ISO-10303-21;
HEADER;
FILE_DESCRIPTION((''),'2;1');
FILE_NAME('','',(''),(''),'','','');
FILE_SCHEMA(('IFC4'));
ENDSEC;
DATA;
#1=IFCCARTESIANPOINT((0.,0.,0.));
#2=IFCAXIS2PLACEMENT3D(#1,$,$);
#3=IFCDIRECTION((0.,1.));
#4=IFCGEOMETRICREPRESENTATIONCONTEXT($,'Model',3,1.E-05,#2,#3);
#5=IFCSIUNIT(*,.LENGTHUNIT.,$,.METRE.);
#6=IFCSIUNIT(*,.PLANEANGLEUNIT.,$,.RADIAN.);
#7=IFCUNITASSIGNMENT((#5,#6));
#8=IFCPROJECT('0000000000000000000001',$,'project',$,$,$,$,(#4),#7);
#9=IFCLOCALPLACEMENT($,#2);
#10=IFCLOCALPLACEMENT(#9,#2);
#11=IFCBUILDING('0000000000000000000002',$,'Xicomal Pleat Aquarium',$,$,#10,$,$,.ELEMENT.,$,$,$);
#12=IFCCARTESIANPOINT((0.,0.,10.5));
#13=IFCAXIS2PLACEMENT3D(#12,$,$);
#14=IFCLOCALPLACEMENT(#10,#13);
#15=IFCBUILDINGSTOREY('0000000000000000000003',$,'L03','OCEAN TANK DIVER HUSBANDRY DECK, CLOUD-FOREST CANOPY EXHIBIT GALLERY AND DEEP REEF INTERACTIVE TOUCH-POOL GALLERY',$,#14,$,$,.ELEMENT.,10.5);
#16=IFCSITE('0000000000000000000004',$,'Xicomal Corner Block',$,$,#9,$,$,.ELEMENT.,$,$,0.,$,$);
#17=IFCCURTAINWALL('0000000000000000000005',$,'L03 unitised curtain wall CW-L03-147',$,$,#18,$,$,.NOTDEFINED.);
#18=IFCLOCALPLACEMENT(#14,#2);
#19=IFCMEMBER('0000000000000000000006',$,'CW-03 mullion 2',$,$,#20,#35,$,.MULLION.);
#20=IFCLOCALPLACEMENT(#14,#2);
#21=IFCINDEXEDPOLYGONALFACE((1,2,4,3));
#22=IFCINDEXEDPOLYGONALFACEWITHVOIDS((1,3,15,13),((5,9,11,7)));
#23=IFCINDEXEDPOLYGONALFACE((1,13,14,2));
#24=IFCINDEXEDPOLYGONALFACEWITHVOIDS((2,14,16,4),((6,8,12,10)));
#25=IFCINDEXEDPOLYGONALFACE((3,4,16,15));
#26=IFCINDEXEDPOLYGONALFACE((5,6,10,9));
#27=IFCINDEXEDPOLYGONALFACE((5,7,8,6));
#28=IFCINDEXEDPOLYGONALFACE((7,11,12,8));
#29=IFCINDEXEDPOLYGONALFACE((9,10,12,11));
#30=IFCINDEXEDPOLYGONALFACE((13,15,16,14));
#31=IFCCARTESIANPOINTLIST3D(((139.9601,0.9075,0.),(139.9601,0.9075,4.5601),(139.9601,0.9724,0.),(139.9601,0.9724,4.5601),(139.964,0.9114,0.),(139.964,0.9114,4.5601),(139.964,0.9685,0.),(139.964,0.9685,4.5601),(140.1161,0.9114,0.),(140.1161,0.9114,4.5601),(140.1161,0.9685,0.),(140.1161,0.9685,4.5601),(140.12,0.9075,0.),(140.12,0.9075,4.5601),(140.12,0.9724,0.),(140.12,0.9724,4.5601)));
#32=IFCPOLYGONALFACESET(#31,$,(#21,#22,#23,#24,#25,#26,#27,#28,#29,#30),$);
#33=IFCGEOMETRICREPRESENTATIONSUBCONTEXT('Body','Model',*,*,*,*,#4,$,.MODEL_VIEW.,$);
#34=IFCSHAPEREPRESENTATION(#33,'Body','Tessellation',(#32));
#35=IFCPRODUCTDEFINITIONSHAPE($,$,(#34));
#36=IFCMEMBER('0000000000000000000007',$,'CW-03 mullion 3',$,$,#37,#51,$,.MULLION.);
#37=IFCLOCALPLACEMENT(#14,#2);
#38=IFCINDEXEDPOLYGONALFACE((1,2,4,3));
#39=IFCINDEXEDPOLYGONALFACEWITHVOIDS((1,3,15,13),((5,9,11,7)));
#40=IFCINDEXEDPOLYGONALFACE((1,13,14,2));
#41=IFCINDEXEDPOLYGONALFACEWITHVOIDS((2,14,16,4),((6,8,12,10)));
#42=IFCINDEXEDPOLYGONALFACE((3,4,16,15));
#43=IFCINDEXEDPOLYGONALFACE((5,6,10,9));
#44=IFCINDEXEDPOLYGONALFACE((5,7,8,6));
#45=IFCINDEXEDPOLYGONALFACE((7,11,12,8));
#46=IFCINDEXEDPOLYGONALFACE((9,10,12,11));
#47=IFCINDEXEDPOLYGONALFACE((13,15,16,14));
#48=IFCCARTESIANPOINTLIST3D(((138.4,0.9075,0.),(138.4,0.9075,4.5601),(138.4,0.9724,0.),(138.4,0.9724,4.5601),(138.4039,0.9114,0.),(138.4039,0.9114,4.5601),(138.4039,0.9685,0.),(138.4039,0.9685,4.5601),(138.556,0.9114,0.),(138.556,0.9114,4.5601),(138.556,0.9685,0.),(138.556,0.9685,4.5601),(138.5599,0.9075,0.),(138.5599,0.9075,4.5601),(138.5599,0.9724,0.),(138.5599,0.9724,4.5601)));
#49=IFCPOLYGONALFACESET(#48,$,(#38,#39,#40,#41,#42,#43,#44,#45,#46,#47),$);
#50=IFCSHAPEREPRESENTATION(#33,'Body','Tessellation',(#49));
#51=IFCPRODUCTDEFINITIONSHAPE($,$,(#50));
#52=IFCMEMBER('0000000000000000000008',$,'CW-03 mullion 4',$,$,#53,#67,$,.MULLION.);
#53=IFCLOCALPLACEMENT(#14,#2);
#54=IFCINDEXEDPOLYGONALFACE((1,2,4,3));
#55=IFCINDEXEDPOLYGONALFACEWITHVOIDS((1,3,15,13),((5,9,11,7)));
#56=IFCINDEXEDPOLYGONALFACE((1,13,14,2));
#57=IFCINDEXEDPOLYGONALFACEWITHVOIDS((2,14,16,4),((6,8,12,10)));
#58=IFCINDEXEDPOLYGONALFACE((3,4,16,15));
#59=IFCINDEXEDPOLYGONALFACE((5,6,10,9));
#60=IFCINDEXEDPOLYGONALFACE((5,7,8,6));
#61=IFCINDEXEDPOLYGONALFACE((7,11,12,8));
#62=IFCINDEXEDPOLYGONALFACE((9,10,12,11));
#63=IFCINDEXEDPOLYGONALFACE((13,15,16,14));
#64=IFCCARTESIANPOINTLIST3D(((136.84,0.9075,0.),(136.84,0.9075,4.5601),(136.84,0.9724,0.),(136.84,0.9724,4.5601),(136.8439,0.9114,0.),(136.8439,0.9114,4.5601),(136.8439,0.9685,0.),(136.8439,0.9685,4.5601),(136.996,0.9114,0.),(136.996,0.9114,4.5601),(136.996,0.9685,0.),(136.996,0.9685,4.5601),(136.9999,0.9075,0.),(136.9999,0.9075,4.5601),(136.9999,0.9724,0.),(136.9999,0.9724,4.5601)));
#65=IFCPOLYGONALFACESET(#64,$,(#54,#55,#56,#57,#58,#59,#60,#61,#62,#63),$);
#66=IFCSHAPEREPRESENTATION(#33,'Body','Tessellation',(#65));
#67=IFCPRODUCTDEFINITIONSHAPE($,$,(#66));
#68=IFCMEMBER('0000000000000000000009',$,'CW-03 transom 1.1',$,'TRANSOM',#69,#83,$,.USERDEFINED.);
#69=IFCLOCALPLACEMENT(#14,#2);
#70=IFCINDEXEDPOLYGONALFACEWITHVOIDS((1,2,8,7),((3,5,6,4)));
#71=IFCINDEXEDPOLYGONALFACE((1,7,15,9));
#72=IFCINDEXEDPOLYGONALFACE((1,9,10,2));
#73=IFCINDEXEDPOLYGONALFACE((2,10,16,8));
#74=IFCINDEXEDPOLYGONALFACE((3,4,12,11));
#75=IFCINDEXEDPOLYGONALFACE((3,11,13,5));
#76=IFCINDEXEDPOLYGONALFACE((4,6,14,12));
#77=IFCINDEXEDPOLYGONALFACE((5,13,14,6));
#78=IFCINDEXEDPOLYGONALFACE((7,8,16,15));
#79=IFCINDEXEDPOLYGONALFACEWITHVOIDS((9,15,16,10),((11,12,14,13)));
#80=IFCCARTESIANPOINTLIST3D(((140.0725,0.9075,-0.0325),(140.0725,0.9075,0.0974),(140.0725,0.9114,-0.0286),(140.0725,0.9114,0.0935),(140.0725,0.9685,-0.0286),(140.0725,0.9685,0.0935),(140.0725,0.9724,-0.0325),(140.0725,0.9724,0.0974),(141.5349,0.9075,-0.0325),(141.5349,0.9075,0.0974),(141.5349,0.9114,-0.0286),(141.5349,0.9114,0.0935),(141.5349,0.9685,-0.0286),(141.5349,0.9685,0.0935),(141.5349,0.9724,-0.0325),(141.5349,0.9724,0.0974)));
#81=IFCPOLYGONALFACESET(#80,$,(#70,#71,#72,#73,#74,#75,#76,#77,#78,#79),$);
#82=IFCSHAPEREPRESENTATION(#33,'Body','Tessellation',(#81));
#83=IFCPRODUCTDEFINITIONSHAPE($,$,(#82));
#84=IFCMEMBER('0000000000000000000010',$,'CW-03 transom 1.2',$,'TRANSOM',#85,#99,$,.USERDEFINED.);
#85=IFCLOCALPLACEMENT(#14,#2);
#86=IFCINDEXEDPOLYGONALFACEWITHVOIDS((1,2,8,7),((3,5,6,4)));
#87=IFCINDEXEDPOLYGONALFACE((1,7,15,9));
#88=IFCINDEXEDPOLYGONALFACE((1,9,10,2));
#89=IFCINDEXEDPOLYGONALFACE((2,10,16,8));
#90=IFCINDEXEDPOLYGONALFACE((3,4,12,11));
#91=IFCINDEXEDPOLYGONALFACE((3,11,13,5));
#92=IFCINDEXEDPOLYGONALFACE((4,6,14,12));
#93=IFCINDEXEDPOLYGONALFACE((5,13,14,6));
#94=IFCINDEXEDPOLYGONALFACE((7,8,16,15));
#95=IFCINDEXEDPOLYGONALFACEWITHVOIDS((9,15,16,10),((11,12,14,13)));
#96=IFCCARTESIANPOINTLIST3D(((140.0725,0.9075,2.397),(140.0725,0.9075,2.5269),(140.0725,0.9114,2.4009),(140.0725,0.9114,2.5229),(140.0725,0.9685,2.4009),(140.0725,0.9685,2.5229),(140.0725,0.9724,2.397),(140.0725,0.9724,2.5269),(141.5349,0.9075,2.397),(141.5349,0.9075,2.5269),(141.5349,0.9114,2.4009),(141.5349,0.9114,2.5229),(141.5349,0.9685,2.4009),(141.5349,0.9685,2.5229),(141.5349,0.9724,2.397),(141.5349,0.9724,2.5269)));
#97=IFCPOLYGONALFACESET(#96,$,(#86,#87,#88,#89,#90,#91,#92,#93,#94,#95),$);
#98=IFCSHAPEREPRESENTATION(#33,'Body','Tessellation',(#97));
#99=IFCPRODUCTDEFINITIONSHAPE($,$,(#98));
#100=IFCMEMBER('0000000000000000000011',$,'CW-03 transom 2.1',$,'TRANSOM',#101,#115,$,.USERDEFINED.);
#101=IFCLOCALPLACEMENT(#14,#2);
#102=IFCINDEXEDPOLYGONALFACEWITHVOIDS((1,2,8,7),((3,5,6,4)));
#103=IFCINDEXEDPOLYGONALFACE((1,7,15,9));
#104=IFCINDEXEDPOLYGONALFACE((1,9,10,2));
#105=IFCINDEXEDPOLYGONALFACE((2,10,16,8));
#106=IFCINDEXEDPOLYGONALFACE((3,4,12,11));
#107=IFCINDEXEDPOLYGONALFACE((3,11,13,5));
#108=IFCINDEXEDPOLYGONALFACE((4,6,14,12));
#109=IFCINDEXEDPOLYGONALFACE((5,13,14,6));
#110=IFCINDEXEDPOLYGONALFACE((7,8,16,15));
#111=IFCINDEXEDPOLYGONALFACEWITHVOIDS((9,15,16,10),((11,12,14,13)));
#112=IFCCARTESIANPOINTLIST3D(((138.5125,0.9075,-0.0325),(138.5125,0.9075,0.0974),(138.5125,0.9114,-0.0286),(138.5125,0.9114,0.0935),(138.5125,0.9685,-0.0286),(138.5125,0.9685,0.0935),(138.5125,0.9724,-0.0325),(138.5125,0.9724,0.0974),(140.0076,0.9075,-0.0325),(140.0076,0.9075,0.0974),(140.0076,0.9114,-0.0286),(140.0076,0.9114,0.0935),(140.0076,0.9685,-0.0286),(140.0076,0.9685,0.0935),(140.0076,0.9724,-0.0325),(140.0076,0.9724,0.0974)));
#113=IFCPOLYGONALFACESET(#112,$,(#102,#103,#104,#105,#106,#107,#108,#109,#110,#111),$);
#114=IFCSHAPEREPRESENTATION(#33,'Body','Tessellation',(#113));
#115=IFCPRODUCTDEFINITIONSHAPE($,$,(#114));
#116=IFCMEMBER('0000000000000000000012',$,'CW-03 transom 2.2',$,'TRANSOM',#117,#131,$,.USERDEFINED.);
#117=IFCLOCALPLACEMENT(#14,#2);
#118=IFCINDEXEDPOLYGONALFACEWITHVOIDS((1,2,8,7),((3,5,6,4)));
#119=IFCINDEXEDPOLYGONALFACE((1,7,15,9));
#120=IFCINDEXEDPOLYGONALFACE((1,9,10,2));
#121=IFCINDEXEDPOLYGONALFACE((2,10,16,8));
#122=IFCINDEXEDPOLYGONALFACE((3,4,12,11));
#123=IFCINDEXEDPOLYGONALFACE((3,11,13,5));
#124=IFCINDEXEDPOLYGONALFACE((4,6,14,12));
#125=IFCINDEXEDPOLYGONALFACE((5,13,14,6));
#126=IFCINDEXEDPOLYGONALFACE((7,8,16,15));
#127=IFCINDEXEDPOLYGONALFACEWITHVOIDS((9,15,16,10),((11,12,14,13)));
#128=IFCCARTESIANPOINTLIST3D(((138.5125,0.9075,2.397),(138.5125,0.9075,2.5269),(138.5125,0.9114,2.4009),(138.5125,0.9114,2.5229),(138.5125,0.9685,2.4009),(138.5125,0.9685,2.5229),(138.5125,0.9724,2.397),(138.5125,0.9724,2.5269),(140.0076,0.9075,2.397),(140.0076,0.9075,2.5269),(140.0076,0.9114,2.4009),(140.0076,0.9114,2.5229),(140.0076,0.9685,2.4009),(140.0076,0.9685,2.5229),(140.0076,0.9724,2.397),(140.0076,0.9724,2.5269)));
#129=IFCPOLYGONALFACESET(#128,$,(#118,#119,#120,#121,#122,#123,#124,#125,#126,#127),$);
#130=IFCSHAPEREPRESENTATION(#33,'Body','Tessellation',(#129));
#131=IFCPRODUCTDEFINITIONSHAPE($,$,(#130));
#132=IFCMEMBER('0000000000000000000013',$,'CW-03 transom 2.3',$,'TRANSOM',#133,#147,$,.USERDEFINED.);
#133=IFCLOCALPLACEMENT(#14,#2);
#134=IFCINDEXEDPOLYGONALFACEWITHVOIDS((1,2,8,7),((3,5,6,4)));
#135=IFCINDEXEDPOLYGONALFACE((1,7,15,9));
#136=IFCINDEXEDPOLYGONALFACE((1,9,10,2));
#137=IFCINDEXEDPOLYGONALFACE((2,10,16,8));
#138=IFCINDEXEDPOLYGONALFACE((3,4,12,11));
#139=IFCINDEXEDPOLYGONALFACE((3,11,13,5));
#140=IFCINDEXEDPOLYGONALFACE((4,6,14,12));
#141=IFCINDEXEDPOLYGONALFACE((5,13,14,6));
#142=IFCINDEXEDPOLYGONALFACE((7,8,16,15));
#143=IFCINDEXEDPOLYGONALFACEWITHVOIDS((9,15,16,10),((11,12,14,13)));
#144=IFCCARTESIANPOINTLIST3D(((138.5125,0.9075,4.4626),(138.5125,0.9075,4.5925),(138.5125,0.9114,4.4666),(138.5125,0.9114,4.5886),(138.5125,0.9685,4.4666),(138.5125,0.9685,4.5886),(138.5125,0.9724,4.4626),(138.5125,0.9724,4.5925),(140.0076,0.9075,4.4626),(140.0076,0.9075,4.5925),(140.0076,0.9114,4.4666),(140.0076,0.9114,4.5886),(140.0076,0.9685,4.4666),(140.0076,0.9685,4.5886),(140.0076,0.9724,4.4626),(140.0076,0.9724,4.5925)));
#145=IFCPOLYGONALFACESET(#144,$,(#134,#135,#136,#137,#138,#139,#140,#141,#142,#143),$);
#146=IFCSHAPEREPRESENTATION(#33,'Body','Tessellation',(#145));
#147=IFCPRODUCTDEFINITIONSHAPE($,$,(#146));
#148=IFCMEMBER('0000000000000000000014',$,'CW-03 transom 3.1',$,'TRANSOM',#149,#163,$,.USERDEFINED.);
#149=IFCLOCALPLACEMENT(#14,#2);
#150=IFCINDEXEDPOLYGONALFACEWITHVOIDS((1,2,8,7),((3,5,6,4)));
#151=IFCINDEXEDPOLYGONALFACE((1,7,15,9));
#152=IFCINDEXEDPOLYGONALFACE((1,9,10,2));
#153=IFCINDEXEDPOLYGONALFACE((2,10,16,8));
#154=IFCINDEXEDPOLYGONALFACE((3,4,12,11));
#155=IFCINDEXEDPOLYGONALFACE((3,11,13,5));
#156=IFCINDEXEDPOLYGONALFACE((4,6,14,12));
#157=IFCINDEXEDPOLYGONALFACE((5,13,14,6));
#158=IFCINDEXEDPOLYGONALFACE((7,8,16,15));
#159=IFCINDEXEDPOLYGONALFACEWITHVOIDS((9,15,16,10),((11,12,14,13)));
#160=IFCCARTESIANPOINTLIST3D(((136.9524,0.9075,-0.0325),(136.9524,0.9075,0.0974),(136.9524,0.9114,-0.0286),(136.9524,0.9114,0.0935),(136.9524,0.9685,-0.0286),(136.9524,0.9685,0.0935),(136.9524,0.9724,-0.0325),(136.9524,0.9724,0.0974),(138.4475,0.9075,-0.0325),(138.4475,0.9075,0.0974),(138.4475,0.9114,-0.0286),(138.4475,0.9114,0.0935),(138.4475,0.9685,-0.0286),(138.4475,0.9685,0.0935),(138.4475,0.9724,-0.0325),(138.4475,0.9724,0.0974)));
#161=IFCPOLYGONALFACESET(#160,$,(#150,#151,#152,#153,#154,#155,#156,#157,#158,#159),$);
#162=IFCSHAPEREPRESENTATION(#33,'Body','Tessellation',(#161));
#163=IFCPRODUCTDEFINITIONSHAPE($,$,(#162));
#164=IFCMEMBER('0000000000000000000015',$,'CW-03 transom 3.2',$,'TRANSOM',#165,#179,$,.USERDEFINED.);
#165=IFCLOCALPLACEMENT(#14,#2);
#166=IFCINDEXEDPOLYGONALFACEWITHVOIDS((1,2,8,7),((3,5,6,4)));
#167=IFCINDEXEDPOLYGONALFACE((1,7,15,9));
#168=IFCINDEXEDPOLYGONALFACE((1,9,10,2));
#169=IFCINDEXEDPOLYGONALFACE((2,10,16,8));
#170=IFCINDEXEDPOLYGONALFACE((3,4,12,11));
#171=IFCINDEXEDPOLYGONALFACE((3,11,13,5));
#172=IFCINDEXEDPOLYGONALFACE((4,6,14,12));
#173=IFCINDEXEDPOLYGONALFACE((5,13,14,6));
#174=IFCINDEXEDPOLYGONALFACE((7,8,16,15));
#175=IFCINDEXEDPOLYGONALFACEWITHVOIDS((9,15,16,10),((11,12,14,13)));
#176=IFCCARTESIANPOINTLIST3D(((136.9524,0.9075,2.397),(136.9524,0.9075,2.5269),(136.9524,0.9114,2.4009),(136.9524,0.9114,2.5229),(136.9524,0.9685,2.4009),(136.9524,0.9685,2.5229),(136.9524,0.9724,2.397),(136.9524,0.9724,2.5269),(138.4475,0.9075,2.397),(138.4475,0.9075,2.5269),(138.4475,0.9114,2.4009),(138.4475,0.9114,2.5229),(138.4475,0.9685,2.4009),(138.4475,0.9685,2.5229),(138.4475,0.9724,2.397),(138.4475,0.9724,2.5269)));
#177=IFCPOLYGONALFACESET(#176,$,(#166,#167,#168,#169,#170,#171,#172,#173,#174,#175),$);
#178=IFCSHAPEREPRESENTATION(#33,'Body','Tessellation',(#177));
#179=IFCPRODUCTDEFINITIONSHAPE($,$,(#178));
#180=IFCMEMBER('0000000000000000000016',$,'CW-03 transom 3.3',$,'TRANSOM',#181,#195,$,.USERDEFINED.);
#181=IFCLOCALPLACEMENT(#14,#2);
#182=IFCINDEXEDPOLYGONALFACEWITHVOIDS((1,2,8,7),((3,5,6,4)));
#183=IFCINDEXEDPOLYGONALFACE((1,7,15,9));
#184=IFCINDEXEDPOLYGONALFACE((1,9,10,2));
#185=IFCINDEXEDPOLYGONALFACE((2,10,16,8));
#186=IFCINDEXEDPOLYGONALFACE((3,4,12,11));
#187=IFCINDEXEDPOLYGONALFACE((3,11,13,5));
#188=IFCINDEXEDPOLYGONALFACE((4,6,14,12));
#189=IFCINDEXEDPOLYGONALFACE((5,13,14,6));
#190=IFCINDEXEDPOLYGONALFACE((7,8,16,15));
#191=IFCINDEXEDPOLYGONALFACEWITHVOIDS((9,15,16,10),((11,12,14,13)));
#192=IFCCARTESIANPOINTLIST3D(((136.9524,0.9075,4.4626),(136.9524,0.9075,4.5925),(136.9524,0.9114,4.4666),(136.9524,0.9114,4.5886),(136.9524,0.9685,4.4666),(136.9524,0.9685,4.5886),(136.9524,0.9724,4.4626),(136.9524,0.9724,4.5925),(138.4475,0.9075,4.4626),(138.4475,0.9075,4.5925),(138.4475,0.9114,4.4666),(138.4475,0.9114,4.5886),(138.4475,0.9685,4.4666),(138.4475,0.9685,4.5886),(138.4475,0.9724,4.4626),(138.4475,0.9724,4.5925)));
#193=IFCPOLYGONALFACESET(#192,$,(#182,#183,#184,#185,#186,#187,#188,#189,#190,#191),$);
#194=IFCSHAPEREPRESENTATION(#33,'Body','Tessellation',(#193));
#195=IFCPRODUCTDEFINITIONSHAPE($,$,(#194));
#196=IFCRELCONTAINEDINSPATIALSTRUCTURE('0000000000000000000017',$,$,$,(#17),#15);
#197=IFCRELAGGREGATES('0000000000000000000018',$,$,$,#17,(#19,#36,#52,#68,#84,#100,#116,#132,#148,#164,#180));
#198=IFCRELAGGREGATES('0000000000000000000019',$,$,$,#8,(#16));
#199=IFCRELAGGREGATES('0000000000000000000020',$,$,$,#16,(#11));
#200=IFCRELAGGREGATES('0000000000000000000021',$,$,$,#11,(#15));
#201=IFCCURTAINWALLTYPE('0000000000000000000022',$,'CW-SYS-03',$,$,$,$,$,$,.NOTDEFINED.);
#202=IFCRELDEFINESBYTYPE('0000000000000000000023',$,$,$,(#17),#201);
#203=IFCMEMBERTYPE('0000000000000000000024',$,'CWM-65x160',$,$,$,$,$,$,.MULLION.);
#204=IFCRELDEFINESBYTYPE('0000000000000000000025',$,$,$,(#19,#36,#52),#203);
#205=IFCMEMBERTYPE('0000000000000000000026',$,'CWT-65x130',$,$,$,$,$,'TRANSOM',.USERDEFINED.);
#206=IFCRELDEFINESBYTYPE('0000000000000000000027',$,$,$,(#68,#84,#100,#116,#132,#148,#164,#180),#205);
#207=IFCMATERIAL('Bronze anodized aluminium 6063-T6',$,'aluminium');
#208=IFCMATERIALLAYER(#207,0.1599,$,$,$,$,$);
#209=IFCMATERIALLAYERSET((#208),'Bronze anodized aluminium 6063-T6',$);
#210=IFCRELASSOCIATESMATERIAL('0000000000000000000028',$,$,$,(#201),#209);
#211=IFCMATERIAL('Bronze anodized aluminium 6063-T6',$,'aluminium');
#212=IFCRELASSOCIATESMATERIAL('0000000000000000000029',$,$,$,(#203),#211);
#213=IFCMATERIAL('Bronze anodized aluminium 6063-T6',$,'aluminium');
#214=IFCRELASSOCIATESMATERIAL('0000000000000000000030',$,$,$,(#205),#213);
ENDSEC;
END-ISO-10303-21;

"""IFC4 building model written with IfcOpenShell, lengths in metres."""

from ifc_helpers import new_model, si_unit, direction, frame, origin, origin_2d, place, context, subcontext, project, spatial, hollow_rectangle, extrude, material, layer, layer_set, material_profile, profile_set, type_object, element, aggregate, save


model = new_model("IFC4")

# Units and contexts
model_context = context("Model", 3, precision=1e-05, world=origin(), true_north=direction((0.0, 1.0)))
body_context = subcontext(model_context, "Body", "Model", "MODEL_VIEW")
ifc_project = project(units=[si_unit("LENGTHUNIT", "METRE"), si_unit("PLANEANGLEUNIT", "RADIAN")], contexts=[model_context])

# Site, building, storey
site_placement = place(None, origin())
site = spatial("IfcSite", under=ifc_project, at=site_placement, Name="Xicomal Corner Block", CompositionType="ELEMENT", RefElevation=0.0)
building_placement = place(site_placement, origin())
building = spatial("IfcBuilding", under=site, at=building_placement, Name="Xicomal Pleat Aquarium", CompositionType="ELEMENT")
storey_placement = place(building_placement, frame((0.0, 0.0, 10.5)))
storey = spatial("IfcBuildingStorey", under=building, at=storey_placement, Name="L03", Description="OCEAN TANK DIVER HUSBANDRY DECK, CLOUD-FOREST CANOPY EXHIBIT GALLERY AND DEEP REEF INTERACTIVE TOUCH-POOL GALLERY", CompositionType="ELEMENT", Elevation=10.5)

# Curtain wall, members
ifc_material_1 = material(Name="Bronze anodized aluminium 6063-T6", Category="aluminium")
ifc_layer_1 = layer(ifc_material_1, 0.1599)
ifc_layer_set_1 = layer_set([ifc_layer_1], Name="Bronze anodized aluminium 6063-T6")
curtain_wall_type = type_object("IfcCurtainWallType", Name="CW-SYS-03", PredefinedType="NOTDEFINED", material=ifc_layer_set_1)
curtain_wall_placement = place(storey_placement, origin())
curtain_wall = element("IfcCurtainWall", 1, at=curtain_wall_placement, inside=storey, type_object=curtain_wall_type, Name="L03 unitised curtain wall CW-L03-147", PredefinedType="NOTDEFINED")
ifc_material_2 = material(Name="Bronze anodized aluminium 6063-T6", Category="aluminium")
ifc_material_profile_1 = material_profile(ifc_material_2, hollow_rectangle(XDim=0.0649, YDim=0.1599, WallThickness=0.0039, at=origin_2d()), Name="ALU MULL 65x160")
ifc_profile_set_1 = profile_set([ifc_material_profile_1], Name="Bronze anodized aluminium 6063-T6")
member_type_1 = type_object("IfcMemberType", Name="CWM-65x160", PredefinedType="MULLION", material=ifc_profile_set_1)
member_1_placement = place(storey_placement, frame((140.04, 0.9399, 0.0), z_axis=(0.0, 0.0, 1.0), x_axis=(0.0, -1.0, 0.0)))
member_1 = element("IfcMember", 2, at=member_1_placement, type_object=member_type_1, Name="CW-03 mullion 2", PredefinedType="MULLION", context=body_context, shape_type="SweptSolid", body=[
    extrude(hollow_rectangle(XDim=0.0649, YDim=0.1599, WallThickness=0.0039, at=origin_2d()), origin(), (0.0, 0.0, 1.0), 4.5601),
])
member_2_placement = place(storey_placement, frame((138.48, 0.9399, 0.0), z_axis=(0.0, 0.0, 1.0), x_axis=(0.0, -1.0, 0.0)))
member_2 = element("IfcMember", 3, at=member_2_placement, type_object=member_type_1, Name="CW-03 mullion 3", PredefinedType="MULLION", context=body_context, shape_type="SweptSolid", body=[
    extrude(hollow_rectangle(XDim=0.0649, YDim=0.1599, WallThickness=0.0039, at=origin_2d()), origin(), (0.0, 0.0, 1.0), 4.5601),
])
member_3_placement = place(storey_placement, frame((136.9199, 0.9399, 0.0), z_axis=(0.0, 0.0, 1.0), x_axis=(0.0, -1.0, 0.0)))
member_3 = element("IfcMember", 4, at=member_3_placement, type_object=member_type_1, Name="CW-03 mullion 4", PredefinedType="MULLION", context=body_context, shape_type="SweptSolid", body=[
    extrude(hollow_rectangle(XDim=0.0649, YDim=0.1599, WallThickness=0.0039, at=origin_2d()), origin(), (0.0, 0.0, 1.0), 4.5601),
])
ifc_material_3 = material(Name="Bronze anodized aluminium 6063-T6", Category="aluminium")
ifc_material_profile_2 = material_profile(ifc_material_3, hollow_rectangle(XDim=0.0649, YDim=0.1299, WallThickness=0.0039, at=origin_2d()), Name="ALU TRAN 65x130")
ifc_profile_set_2 = profile_set([ifc_material_profile_2], Name="Bronze anodized aluminium 6063-T6")
member_type_2 = type_object("IfcMemberType", Name="CWT-65x130", ElementType="TRANSOM", PredefinedType="USERDEFINED", material=ifc_profile_set_2)
member_4_placement = place(storey_placement, frame((141.5349, 0.9399, 0.0325), z_axis=(-1.0, 0.0, 0.0), x_axis=(0.0, -1.0, 0.0)))
member_4 = element("IfcMember", 5, at=member_4_placement, type_object=member_type_2, Name="CW-03 transom 1.1", ObjectType="TRANSOM", PredefinedType="USERDEFINED", context=body_context, shape_type="SweptSolid", body=[
    extrude(hollow_rectangle(XDim=0.0649, YDim=0.1299, WallThickness=0.0039, at=origin_2d()), origin(), (0.0, 0.0, 1.0), 1.4624),
])
member_5_placement = place(storey_placement, frame((141.5349, 0.9399, 2.4619), z_axis=(-1.0, 0.0, 0.0), x_axis=(0.0, -1.0, 0.0)))
member_5 = element("IfcMember", 6, at=member_5_placement, type_object=member_type_2, Name="CW-03 transom 1.2", ObjectType="TRANSOM", PredefinedType="USERDEFINED", context=body_context, shape_type="SweptSolid", body=[
    extrude(hollow_rectangle(XDim=0.0649, YDim=0.1299, WallThickness=0.0039, at=origin_2d()), origin(), (0.0, 0.0, 1.0), 1.4624),
])
member_6_placement = place(storey_placement, frame((140.0076, 0.9399, 0.0325), z_axis=(-1.0, 0.0, 0.0), x_axis=(0.0, -1.0, 0.0)))
member_6 = element("IfcMember", 7, at=member_6_placement, type_object=member_type_2, Name="CW-03 transom 2.1", ObjectType="TRANSOM", PredefinedType="USERDEFINED", context=body_context, shape_type="SweptSolid", body=[
    extrude(hollow_rectangle(XDim=0.0649, YDim=0.1299, WallThickness=0.0039, at=origin_2d()), origin(), (0.0, 0.0, 1.0), 1.4951),
])
member_7_placement = place(storey_placement, frame((140.0076, 0.9399, 2.4619), z_axis=(-1.0, 0.0, 0.0), x_axis=(0.0, -1.0, 0.0)))
member_7 = element("IfcMember", 8, at=member_7_placement, type_object=member_type_2, Name="CW-03 transom 2.2", ObjectType="TRANSOM", PredefinedType="USERDEFINED", context=body_context, shape_type="SweptSolid", body=[
    extrude(hollow_rectangle(XDim=0.0649, YDim=0.1299, WallThickness=0.0039, at=origin_2d()), origin(), (0.0, 0.0, 1.0), 1.4951),
])
member_8_placement = place(storey_placement, frame((140.0076, 0.9399, 4.5276), z_axis=(-1.0, 0.0, 0.0), x_axis=(0.0, -1.0, 0.0)))
member_8 = element("IfcMember", 9, at=member_8_placement, type_object=member_type_2, Name="CW-03 transom 2.3", ObjectType="TRANSOM", PredefinedType="USERDEFINED", context=body_context, shape_type="SweptSolid", body=[
    extrude(hollow_rectangle(XDim=0.0649, YDim=0.1299, WallThickness=0.0039, at=origin_2d()), origin(), (0.0, 0.0, 1.0), 1.4951),
])
member_9_placement = place(storey_placement, frame((138.4475, 0.9399, 0.0325), z_axis=(-1.0, 0.0, 0.0), x_axis=(0.0, -1.0, 0.0)))
member_9 = element("IfcMember", 10, at=member_9_placement, type_object=member_type_2, Name="CW-03 transom 3.1", ObjectType="TRANSOM", PredefinedType="USERDEFINED", context=body_context, shape_type="SweptSolid", body=[
    extrude(hollow_rectangle(XDim=0.0649, YDim=0.1299, WallThickness=0.0039, at=origin_2d()), origin(), (0.0, 0.0, 1.0), 1.4951),
])
member_10_placement = place(storey_placement, frame((138.4475, 0.9399, 2.4619), z_axis=(-1.0, 0.0, 0.0), x_axis=(0.0, -1.0, 0.0)))
member_10 = element("IfcMember", 11, at=member_10_placement, type_object=member_type_2, Name="CW-03 transom 3.2", ObjectType="TRANSOM", PredefinedType="USERDEFINED", context=body_context, shape_type="SweptSolid", body=[
    extrude(hollow_rectangle(XDim=0.0649, YDim=0.1299, WallThickness=0.0039, at=origin_2d()), origin(), (0.0, 0.0, 1.0), 1.4951),
])
member_11_placement = place(storey_placement, frame((138.4475, 0.9399, 4.5276), z_axis=(-1.0, 0.0, 0.0), x_axis=(0.0, -1.0, 0.0)))
member_11 = element("IfcMember", 12, at=member_11_placement, type_object=member_type_2, Name="CW-03 transom 3.3", ObjectType="TRANSOM", PredefinedType="USERDEFINED", context=body_context, shape_type="SweptSolid", body=[
    extrude(hollow_rectangle(XDim=0.0649, YDim=0.1299, WallThickness=0.0039, at=origin_2d()), origin(), (0.0, 0.0, 1.0), 1.4951),
])
aggregate(curtain_wall, [member_1, member_2, member_3, member_4, member_5, member_6, member_7, member_8, member_9, member_10, member_11])

save(model, "model.ifc")
